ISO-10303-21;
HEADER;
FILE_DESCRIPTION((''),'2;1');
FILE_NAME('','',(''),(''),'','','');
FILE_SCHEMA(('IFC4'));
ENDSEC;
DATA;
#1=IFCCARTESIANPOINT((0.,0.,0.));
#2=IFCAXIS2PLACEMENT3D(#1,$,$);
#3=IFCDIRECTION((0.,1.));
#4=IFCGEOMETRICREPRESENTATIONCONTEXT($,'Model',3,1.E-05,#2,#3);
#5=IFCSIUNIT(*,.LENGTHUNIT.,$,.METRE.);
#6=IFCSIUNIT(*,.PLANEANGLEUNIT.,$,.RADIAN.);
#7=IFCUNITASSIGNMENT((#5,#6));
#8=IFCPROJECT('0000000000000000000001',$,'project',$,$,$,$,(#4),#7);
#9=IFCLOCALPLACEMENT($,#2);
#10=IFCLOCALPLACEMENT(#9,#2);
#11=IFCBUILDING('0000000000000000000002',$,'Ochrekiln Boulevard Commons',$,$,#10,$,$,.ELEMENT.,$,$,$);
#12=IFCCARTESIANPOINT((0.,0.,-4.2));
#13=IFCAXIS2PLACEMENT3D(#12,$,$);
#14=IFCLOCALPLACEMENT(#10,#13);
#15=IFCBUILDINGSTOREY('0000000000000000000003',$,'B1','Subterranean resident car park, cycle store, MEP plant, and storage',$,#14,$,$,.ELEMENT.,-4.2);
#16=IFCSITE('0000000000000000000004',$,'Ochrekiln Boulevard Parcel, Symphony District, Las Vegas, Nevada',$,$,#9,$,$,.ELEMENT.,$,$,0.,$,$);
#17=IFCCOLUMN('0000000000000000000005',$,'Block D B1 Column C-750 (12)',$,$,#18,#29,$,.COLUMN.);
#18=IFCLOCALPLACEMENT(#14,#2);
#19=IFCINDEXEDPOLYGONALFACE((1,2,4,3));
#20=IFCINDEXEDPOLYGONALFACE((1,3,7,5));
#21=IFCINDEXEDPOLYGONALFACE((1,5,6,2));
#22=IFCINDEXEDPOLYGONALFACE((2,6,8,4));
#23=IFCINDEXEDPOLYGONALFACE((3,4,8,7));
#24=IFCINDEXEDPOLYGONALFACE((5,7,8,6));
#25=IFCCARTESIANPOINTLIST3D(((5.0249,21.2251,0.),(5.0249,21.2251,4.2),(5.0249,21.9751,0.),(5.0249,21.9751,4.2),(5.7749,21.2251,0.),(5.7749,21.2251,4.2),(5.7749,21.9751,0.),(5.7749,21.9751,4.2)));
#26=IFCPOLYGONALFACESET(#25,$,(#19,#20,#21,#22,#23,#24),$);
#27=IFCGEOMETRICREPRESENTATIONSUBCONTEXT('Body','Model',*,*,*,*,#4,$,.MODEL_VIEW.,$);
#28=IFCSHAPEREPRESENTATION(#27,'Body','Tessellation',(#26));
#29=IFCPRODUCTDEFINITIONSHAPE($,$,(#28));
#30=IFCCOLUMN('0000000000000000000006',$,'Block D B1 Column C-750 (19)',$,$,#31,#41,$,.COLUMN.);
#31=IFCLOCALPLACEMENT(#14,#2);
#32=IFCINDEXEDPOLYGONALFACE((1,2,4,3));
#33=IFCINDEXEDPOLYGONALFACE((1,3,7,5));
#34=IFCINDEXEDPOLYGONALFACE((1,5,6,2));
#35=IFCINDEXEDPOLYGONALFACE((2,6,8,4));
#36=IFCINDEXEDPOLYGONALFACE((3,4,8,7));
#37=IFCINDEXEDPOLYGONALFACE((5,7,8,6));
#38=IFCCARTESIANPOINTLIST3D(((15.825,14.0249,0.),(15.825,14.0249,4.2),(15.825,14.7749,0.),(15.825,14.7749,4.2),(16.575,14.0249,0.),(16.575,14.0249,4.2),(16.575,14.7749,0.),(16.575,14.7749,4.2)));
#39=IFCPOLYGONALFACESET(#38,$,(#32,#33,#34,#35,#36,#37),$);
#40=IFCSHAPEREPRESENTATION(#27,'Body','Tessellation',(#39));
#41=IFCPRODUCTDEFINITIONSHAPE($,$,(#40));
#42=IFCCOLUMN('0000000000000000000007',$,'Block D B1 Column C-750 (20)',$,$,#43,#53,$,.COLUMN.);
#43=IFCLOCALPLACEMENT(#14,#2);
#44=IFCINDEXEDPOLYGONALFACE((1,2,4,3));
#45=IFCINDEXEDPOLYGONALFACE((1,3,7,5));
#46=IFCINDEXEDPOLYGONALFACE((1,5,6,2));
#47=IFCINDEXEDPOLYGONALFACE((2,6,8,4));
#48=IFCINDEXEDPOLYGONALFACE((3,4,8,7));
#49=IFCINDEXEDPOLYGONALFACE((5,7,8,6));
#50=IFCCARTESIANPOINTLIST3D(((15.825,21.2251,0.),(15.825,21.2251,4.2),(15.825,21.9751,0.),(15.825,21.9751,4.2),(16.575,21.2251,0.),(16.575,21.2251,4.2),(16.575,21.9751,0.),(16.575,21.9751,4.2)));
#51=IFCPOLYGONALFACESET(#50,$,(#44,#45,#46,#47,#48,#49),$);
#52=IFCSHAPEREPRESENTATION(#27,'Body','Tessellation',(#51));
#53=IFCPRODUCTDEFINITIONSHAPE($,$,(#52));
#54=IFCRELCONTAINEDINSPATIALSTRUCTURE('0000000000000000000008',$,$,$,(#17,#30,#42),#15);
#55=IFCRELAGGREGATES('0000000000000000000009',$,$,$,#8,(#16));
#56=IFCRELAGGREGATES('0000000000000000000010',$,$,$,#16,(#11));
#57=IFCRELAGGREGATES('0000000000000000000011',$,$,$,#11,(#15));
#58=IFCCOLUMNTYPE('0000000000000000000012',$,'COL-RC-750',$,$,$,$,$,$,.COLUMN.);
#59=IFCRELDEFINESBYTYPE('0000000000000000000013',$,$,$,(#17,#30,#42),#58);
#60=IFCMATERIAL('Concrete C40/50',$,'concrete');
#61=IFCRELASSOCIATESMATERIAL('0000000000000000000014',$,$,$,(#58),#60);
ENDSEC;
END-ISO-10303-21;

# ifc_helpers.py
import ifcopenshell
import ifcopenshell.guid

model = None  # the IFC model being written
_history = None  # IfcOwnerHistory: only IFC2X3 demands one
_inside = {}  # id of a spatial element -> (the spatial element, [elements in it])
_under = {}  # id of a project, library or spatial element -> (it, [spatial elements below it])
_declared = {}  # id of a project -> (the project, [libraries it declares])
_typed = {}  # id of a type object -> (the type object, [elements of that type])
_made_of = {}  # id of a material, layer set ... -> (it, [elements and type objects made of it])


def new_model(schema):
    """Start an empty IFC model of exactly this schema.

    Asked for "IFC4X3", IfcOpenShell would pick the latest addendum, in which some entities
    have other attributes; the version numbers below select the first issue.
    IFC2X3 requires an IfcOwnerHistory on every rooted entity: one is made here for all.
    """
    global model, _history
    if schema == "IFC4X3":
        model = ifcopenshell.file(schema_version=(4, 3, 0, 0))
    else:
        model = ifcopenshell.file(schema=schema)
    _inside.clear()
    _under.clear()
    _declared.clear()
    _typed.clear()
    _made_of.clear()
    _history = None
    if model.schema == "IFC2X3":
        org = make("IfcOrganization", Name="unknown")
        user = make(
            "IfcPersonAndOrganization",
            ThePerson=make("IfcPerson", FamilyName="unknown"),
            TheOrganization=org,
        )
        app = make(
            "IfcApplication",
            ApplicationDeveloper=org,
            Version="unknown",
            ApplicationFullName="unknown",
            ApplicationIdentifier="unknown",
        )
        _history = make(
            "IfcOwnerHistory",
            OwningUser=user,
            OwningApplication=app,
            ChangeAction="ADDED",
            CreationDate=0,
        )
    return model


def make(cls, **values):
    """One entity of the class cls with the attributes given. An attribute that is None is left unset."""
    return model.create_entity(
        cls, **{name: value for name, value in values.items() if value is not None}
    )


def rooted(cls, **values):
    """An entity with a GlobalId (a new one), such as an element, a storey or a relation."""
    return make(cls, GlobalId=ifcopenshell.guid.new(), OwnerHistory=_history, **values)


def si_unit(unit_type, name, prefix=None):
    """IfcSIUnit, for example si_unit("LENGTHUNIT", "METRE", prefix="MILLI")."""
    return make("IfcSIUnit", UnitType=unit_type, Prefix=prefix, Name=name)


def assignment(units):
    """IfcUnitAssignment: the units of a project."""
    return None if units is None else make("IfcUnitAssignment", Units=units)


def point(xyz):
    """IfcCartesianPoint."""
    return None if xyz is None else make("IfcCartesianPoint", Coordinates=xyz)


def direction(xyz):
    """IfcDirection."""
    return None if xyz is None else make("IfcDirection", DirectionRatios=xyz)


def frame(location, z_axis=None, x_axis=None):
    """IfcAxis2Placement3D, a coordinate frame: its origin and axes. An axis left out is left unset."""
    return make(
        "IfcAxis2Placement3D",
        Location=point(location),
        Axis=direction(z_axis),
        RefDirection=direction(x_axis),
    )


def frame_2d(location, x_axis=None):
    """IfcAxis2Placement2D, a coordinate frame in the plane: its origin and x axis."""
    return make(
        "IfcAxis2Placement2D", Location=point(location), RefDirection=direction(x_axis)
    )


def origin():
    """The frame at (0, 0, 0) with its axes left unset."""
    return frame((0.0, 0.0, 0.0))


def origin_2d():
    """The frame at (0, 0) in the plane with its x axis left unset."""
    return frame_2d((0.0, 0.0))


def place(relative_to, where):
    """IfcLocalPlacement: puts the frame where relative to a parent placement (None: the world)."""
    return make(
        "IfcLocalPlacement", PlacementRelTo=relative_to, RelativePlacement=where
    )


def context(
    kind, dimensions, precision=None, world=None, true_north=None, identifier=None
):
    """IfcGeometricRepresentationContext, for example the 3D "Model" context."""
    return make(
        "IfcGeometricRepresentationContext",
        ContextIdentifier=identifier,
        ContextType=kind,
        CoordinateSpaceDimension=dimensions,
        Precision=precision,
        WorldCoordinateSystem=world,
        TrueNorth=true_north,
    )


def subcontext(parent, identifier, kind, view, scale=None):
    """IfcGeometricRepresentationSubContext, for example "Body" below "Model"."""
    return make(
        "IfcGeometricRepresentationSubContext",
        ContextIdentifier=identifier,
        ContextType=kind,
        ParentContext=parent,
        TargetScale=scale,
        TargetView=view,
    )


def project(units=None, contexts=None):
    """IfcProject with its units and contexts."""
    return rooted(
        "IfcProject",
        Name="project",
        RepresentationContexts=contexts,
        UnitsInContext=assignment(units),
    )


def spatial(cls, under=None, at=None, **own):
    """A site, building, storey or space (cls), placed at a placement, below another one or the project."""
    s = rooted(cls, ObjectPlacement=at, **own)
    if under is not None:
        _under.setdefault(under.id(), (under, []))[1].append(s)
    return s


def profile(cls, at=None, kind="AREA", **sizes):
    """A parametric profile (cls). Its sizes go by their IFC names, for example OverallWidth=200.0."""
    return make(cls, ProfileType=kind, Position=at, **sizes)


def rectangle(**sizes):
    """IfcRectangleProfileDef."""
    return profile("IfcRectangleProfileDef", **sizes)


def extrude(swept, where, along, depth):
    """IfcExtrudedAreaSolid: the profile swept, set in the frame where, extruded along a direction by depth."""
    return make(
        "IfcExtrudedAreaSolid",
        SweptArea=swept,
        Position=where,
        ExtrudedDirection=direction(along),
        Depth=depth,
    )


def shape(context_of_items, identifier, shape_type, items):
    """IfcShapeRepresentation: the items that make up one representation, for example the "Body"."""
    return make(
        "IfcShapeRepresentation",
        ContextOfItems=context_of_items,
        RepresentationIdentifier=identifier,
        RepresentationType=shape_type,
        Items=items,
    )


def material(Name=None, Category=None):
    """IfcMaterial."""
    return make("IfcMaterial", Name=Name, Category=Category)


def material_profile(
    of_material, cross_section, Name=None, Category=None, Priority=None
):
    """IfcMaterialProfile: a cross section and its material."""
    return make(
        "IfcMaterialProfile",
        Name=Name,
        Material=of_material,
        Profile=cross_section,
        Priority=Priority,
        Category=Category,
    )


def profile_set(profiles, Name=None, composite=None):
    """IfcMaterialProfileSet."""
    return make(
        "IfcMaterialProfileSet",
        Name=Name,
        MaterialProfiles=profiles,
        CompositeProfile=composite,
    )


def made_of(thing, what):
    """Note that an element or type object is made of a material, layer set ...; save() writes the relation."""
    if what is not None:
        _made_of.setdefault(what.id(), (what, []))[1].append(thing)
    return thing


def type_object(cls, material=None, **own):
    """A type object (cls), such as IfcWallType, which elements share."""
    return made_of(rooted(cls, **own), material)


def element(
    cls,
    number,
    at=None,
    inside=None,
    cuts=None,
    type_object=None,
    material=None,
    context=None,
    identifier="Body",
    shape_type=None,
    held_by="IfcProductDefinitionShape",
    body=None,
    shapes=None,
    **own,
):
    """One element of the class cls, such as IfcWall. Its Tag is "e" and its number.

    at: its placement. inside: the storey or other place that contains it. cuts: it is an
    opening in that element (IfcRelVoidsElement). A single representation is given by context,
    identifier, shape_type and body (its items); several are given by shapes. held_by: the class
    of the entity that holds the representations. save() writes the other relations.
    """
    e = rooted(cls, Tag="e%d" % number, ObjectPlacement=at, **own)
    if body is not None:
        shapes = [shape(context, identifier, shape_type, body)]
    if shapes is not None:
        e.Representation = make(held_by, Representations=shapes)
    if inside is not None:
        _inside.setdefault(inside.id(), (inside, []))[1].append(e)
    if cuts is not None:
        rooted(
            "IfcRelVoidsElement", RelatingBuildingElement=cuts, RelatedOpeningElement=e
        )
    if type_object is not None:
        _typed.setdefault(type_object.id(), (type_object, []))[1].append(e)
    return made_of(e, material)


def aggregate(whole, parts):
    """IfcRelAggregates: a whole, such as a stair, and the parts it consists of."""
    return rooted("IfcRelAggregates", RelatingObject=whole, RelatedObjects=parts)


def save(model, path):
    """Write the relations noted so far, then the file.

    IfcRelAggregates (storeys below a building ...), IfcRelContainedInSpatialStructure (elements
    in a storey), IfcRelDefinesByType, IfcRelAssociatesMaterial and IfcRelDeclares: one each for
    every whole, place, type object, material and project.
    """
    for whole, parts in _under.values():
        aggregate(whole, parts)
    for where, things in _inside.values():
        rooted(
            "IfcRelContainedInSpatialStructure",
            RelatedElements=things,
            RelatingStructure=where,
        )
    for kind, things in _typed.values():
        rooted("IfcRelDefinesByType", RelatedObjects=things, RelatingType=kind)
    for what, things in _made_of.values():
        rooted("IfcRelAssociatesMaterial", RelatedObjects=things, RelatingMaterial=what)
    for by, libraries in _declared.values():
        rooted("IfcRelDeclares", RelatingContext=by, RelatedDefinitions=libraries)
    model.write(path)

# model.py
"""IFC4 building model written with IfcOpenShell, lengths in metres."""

from ifc_helpers import new_model, si_unit, direction, frame, origin, origin_2d, place, context, subcontext, project, spatial, rectangle, extrude, material, material_profile, profile_set, type_object, element, save


model = new_model("IFC4")

# Units and contexts
model_context = context("Model", 3, precision=1e-05, world=origin(), true_north=direction((0.0, 1.0)))
body_context = subcontext(model_context, "Body", "Model", "MODEL_VIEW")
ifc_project = project(units=[si_unit("LENGTHUNIT", "METRE"), si_unit("PLANEANGLEUNIT", "RADIAN")], contexts=[model_context])

# Site, building, storey
site_placement = place(None, origin())
site = spatial("IfcSite", under=ifc_project, at=site_placement, Name="Ochrekiln Boulevard Parcel, Symphony District, Las Vegas, Nevada", CompositionType="ELEMENT", RefElevation=0.0)
building_placement = place(site_placement, origin())
building = spatial("IfcBuilding", under=site, at=building_placement, Name="Ochrekiln Boulevard Commons", CompositionType="ELEMENT")
storey_placement = place(building_placement, frame((0.0, 0.0, -4.2)))
storey = spatial("IfcBuildingStorey", under=building, at=storey_placement, Name="B1", Description="Subterranean resident car park, cycle store, MEP plant, and storage", CompositionType="ELEMENT", Elevation=-4.2)

# Columns
ifc_material_1 = material(Name="Concrete C40/50", Category="concrete")
ifc_material_profile_1 = material_profile(ifc_material_1, rectangle(XDim=0.75, YDim=0.75, at=origin_2d()), Name="RC-COL-750x750")
ifc_profile_set_1 = profile_set([ifc_material_profile_1], Name="Concrete C40/50")
column_type_1 = type_object("IfcColumnType", Name="COL-RC-750", PredefinedType="COLUMN", material=ifc_profile_set_1)
for number, where, z_axis, x_axis, name in (
    (1, (5.3999, 21.6001, 0.0), (0.0, 0.0, 1.0), (1.0, 0.0, 0.0), "Block D B1 Column C-750 (12)"),
    (2, (16.2, 14.3999, 0.0), (0.0, 0.0, 1.0), (1.0, 0.0, 0.0), "Block D B1 Column C-750 (19)"),
    (3, (16.2, 21.6001, 0.0), (0.0, 0.0, 1.0), (1.0, 0.0, 0.0), "Block D B1 Column C-750 (20)"),
):
    element("IfcColumn", number, at=place(storey_placement, frame(where, z_axis=z_axis, x_axis=x_axis)), inside=storey, type_object=column_type_1, Name=name, PredefinedType="COLUMN", context=body_context, shape_type="SweptSolid", body=[
        extrude(rectangle(XDim=0.75, YDim=0.75, at=origin_2d()), origin(), (0.0, 0.0, 1.0), 4.2),
    ])

save(model, "model.ifc")
